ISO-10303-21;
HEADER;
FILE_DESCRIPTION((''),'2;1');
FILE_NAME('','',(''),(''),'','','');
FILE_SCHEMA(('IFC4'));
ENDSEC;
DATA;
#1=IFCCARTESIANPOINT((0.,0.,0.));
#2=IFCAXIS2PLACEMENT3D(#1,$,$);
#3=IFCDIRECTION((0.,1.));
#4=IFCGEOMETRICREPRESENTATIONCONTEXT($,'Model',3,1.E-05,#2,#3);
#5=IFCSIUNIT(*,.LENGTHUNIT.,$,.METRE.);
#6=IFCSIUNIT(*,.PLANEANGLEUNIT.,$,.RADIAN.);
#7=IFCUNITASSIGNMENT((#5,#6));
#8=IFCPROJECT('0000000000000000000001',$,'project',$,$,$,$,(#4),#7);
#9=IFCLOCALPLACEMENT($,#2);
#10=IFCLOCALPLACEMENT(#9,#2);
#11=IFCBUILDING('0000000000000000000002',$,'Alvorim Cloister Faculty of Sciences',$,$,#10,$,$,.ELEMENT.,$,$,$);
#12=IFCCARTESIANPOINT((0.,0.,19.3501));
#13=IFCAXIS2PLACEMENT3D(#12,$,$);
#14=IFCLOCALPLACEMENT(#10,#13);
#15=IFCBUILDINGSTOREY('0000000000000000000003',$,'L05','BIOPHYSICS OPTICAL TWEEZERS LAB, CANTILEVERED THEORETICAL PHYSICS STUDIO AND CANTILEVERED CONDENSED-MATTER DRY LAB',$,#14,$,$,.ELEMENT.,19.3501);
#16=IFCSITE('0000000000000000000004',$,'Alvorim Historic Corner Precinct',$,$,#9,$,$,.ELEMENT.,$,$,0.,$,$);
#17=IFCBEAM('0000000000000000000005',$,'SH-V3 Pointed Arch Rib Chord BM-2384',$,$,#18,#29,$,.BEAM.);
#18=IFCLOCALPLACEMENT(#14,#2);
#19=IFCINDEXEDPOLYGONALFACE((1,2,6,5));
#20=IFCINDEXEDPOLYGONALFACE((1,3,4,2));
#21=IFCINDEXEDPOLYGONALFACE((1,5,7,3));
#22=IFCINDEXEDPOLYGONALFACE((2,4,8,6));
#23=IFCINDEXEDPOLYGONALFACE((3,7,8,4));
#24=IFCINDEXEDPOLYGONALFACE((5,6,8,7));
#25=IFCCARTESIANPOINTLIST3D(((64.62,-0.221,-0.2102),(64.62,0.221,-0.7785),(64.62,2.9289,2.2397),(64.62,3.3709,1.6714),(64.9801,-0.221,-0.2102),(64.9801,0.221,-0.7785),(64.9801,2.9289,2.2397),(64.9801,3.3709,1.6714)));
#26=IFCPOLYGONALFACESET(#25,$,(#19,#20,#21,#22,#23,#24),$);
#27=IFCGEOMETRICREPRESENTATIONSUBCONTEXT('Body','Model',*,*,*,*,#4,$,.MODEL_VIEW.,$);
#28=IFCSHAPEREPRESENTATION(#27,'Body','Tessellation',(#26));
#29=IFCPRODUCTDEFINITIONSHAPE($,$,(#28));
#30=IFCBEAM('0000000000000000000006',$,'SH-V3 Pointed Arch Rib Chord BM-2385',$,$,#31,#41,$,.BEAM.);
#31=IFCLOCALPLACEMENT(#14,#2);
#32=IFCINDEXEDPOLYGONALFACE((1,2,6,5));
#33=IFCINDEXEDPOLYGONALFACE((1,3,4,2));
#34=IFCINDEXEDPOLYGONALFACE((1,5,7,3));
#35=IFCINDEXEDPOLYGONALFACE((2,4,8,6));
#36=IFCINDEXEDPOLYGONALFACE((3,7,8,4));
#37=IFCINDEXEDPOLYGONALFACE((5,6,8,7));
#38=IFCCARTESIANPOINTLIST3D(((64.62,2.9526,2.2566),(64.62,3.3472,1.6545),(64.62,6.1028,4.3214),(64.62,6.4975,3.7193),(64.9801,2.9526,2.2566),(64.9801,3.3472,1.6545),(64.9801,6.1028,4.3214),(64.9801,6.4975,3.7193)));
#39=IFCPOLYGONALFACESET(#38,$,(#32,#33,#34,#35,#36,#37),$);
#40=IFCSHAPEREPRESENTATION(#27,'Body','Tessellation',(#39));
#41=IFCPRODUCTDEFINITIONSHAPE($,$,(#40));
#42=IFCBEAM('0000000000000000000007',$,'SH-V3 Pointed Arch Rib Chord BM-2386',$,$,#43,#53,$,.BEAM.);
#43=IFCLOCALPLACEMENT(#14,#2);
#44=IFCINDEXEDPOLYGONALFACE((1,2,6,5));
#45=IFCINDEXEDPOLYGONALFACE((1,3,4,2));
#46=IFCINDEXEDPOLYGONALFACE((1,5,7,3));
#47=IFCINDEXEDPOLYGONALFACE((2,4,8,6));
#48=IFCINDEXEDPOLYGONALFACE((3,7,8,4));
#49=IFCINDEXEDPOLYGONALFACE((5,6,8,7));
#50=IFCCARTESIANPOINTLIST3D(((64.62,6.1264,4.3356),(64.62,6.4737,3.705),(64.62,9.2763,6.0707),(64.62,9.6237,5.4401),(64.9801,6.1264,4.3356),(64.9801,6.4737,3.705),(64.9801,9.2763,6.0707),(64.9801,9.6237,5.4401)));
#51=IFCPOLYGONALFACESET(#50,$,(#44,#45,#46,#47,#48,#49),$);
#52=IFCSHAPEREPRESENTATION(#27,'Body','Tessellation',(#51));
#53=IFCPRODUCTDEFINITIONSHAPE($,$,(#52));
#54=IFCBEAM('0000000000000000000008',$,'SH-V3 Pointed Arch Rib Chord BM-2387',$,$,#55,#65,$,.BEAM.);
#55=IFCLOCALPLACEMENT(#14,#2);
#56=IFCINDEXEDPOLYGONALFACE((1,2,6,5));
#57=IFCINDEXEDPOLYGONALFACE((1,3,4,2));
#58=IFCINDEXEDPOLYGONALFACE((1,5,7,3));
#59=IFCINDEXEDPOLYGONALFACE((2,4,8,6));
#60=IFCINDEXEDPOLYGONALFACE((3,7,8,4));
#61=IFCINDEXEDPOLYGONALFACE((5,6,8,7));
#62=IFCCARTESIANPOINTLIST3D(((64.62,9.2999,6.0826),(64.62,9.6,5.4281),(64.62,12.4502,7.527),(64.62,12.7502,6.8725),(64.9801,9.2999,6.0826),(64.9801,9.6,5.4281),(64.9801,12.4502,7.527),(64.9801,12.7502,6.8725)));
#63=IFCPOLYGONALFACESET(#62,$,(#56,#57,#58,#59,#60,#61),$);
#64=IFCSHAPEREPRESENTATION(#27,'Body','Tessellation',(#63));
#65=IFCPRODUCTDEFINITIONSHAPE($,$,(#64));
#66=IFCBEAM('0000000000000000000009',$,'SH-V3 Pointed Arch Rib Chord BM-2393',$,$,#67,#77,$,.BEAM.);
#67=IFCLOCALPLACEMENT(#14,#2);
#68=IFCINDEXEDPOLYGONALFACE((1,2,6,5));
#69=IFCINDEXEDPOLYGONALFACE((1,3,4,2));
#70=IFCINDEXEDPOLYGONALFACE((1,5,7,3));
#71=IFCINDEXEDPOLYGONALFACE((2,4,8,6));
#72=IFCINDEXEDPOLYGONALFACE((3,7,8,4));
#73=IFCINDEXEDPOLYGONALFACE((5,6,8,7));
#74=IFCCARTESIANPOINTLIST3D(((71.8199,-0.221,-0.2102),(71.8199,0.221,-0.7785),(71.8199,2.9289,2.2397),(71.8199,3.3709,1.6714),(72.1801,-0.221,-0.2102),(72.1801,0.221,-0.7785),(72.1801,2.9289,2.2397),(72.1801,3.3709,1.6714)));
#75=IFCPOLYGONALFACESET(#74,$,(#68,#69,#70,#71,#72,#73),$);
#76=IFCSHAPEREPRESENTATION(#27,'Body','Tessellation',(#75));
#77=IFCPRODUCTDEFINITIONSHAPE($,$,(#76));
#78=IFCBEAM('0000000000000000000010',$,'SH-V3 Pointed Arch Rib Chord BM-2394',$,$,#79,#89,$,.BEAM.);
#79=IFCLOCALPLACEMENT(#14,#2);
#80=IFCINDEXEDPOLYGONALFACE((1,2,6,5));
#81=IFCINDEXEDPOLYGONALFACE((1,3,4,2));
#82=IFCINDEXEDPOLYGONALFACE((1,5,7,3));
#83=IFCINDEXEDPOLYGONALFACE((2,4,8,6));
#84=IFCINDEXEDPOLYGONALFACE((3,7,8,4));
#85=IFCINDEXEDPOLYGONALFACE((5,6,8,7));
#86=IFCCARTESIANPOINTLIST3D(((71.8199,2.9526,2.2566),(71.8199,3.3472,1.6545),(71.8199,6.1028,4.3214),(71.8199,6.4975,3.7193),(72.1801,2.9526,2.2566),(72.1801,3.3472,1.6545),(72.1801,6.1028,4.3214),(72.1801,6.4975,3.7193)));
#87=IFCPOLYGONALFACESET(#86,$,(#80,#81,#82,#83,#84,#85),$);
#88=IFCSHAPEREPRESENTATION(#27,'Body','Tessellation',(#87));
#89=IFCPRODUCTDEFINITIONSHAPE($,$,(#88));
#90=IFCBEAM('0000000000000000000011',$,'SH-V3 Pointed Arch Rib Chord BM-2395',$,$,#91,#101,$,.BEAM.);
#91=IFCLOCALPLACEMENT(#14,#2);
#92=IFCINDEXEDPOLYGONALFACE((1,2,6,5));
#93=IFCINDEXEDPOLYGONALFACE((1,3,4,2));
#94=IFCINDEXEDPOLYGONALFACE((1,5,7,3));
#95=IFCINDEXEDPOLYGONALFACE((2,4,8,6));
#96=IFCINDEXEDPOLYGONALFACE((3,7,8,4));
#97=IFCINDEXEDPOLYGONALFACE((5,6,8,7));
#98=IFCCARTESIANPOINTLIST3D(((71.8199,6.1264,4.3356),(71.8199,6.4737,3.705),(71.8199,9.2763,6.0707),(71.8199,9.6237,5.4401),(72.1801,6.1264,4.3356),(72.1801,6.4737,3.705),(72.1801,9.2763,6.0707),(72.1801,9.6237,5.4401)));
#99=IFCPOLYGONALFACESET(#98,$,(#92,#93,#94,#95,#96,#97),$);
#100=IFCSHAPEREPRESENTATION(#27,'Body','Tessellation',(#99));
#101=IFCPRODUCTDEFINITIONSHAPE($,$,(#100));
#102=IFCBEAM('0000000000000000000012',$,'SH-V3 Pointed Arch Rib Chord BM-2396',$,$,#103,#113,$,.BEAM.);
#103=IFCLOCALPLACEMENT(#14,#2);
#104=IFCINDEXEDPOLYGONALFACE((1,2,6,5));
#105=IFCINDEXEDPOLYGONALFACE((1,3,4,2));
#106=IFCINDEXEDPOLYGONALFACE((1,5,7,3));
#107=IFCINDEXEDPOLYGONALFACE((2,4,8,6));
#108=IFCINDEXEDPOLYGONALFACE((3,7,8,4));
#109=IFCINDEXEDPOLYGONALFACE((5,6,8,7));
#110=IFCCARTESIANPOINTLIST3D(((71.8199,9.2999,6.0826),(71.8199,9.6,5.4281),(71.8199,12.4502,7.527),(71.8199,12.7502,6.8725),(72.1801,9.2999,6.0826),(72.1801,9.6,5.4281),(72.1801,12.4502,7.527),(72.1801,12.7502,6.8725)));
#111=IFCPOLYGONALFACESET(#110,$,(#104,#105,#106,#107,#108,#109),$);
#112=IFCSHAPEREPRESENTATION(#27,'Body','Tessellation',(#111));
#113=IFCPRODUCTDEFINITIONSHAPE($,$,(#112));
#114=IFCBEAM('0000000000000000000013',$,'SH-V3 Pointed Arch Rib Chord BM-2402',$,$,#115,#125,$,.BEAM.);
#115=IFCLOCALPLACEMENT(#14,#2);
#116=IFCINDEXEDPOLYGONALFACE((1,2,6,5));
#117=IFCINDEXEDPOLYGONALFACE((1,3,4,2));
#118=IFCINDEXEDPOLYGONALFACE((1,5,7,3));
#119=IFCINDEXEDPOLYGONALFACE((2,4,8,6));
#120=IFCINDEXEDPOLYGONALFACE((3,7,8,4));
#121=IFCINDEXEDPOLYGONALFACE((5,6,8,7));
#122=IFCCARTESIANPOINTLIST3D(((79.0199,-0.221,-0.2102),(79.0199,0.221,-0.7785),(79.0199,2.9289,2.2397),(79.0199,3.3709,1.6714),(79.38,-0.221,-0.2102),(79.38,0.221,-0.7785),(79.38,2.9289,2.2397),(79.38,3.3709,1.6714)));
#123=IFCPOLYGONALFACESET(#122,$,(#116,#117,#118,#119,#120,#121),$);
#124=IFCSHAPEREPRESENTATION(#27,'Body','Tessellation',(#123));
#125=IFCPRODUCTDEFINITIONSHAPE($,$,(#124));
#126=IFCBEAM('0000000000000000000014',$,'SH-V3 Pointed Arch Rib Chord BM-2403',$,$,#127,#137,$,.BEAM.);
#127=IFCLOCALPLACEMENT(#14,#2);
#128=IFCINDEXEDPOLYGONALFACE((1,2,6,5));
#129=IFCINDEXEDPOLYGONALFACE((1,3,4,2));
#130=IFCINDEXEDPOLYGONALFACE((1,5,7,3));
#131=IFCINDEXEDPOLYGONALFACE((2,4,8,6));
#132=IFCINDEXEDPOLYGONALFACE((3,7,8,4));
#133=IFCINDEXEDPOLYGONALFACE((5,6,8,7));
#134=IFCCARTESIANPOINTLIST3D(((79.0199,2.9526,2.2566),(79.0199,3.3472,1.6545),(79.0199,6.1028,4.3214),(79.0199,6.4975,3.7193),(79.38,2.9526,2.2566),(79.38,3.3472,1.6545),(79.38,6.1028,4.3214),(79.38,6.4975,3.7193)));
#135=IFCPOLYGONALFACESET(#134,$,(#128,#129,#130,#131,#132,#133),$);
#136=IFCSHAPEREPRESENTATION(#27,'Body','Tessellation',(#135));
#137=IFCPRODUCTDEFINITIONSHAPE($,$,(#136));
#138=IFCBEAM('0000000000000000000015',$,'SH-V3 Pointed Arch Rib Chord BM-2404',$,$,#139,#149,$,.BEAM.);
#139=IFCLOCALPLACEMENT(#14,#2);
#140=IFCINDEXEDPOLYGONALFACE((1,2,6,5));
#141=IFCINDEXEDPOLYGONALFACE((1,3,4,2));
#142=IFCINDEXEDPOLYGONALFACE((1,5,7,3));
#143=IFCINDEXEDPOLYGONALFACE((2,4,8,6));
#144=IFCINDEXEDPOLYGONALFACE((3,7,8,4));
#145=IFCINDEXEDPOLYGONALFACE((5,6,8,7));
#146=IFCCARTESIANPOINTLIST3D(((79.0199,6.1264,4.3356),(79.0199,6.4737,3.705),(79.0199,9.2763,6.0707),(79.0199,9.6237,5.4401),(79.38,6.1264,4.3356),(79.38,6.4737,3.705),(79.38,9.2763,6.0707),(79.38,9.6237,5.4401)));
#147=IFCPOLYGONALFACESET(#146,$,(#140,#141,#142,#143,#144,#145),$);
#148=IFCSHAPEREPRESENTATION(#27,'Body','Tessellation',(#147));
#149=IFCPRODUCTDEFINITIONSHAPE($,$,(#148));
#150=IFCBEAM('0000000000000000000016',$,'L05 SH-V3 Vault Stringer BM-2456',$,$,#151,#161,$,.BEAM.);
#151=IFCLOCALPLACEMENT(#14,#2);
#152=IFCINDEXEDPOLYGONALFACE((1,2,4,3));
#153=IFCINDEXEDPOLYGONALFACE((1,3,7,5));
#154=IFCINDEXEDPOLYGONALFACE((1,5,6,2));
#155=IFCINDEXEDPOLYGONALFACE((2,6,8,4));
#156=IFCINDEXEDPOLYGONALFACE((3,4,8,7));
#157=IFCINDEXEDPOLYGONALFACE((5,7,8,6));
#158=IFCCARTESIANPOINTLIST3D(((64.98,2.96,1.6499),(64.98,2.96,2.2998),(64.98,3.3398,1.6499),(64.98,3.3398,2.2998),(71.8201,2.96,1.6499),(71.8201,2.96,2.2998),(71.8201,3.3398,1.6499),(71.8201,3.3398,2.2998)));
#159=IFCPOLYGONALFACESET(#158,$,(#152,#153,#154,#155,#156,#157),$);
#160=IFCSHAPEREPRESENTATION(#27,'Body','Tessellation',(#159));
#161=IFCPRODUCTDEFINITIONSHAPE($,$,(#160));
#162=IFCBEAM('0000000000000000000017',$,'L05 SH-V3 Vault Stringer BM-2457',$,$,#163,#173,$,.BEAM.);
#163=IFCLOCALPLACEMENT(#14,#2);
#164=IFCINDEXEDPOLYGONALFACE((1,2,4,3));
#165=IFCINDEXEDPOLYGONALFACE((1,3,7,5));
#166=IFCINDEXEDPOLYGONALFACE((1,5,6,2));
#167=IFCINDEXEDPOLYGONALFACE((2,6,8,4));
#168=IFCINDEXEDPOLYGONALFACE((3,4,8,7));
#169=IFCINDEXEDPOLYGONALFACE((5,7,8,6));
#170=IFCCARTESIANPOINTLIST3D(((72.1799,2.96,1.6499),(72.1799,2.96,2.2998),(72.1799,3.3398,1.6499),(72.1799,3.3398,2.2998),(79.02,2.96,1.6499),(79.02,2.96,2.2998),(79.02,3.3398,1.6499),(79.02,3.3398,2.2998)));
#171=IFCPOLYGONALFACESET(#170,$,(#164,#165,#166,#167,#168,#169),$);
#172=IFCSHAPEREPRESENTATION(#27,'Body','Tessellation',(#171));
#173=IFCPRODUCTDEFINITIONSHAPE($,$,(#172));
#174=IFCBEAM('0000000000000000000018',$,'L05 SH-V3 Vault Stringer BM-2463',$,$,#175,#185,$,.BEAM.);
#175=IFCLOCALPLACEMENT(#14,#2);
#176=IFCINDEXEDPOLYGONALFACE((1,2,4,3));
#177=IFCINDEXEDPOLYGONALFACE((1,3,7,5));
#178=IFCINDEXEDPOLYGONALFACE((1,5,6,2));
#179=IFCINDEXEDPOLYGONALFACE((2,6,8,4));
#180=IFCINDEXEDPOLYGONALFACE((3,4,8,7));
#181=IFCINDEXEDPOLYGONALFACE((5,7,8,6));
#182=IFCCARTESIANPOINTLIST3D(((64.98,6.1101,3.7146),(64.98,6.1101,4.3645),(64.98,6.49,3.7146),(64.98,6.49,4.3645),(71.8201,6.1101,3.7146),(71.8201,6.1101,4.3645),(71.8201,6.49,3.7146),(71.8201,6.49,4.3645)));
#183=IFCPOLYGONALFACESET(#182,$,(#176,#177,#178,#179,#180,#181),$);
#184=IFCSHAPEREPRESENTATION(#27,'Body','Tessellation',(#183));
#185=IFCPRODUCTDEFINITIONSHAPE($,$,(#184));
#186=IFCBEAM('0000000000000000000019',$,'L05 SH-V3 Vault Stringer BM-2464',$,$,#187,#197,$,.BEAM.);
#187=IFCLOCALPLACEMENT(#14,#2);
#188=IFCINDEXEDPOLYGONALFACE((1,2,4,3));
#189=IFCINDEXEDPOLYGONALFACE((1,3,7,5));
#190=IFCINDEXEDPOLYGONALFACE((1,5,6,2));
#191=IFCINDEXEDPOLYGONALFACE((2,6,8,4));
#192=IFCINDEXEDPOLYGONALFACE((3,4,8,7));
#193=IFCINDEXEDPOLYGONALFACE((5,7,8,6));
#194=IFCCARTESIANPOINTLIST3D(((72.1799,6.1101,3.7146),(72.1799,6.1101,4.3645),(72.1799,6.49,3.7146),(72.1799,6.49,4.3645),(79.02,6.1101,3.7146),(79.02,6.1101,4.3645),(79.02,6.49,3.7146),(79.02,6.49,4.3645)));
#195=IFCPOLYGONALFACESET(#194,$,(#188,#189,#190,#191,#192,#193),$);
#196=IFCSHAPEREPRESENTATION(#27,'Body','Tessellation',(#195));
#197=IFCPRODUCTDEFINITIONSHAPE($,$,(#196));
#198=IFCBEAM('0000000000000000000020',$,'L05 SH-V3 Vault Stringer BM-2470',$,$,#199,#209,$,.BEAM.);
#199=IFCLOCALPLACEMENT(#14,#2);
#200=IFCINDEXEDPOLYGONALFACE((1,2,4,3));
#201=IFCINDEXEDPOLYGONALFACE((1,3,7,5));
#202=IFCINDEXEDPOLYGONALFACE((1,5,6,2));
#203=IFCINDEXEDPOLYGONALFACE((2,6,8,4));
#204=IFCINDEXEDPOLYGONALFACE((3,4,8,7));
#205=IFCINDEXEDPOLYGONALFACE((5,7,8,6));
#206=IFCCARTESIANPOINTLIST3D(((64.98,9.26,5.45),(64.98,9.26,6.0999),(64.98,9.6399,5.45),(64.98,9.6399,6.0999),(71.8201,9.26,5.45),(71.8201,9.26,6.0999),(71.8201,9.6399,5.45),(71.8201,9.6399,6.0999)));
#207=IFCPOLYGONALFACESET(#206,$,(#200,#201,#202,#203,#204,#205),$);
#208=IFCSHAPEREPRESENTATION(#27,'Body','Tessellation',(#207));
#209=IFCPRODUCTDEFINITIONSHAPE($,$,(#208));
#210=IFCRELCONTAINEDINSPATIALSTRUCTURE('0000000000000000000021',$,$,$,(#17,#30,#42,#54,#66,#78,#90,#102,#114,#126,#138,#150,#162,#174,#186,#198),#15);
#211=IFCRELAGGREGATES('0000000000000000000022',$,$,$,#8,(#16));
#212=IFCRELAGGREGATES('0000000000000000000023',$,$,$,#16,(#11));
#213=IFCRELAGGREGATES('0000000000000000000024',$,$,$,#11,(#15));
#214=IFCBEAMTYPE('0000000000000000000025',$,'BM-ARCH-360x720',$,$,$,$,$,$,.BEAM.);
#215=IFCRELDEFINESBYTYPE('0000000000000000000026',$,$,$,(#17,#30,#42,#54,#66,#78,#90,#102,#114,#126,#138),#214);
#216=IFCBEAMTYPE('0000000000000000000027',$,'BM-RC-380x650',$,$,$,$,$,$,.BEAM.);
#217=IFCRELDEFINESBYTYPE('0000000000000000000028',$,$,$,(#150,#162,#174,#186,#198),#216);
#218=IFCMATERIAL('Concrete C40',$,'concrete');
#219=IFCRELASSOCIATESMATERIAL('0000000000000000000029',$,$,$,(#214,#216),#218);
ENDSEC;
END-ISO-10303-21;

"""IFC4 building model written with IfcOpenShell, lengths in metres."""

from ifc_helpers import new_model, si_unit, direction, frame, origin, origin_2d, place, context, subcontext, project, spatial, rectangle, extrude, material, material_profile, profile_set, type_object, element, save


model = new_model("IFC4")

# Units and contexts
model_context = context("Model", 3, precision=1e-05, world=origin(), true_north=direction((0.0, 1.0)))
body_context = subcontext(model_context, "Body", "Model", "MODEL_VIEW")
ifc_project = project(units=[si_unit("LENGTHUNIT", "METRE"), si_unit("PLANEANGLEUNIT", "RADIAN")], contexts=[model_context])

# Site, building, storey
site_placement = place(None, origin())
site = spatial("IfcSite", under=ifc_project, at=site_placement, Name="Alvorim Historic Corner Precinct", CompositionType="ELEMENT", RefElevation=0.0)
building_placement = place(site_placement, origin())
building = spatial("IfcBuilding", under=site, at=building_placement, Name="Alvorim Cloister Faculty of Sciences", CompositionType="ELEMENT")
storey_placement = place(building_placement, frame((0.0, 0.0, 19.3501)))
storey = spatial("IfcBuildingStorey", under=building, at=storey_placement, Name="L05", Description="BIOPHYSICS OPTICAL TWEEZERS LAB, CANTILEVERED THEORETICAL PHYSICS STUDIO AND CANTILEVERED CONDENSED-MATTER DRY LAB", CompositionType="ELEMENT", Elevation=19.3501)

# Beams
ifc_material_1 = material(Name="Concrete C40", Category="concrete")
ifc_material_profile_1 = material_profile(ifc_material_1, rectangle(XDim=0.3601, YDim=0.72, at=origin_2d()), Name="RC40-ARCH-360x720")
ifc_profile_set_1 = profile_set([ifc_material_profile_1], Name="Concrete C40")
beam_type_1 = type_object("IfcBeamType", Name="BM-ARCH-360x720", PredefinedType="BEAM", material=ifc_profile_set_1)
beam_1_placement = place(storey_placement, frame((64.8, 0.0, -0.4944), z_axis=(0.0, 0.789349, 0.613945), x_axis=(-1.0, 0.0, 0.0)))
element("IfcBeam", 1, at=beam_1_placement, inside=storey, type_object=beam_type_1, Name="SH-V3 Pointed Arch Rib Chord BM-2384", PredefinedType="BEAM", context=body_context, shape_type="SweptSolid", body=[
    extrude(rectangle(XDim=0.3601, YDim=0.72, at=origin_2d()), origin(), (0.0, 0.0, 1.0), 3.9905),
])
beam_2_placement = place(storey_placement, frame((64.8, 3.1499, 1.9556), z_axis=(0.0, 0.836363, 0.548176), x_axis=(-1.0, 0.0, 0.0)))
element("IfcBeam", 2, at=beam_2_placement, inside=storey, type_object=beam_type_1, Name="SH-V3 Pointed Arch Rib Chord BM-2385", PredefinedType="BEAM", context=body_context, shape_type="SweptSolid", body=[
    extrude(rectangle(XDim=0.3601, YDim=0.72, at=origin_2d()), origin(), (0.0, 0.0, 1.0), 3.7666),
])
beam_3_placement = place(storey_placement, frame((64.8, 6.3, 4.0203), z_axis=(0.0, 0.875903, 0.482487), x_axis=(-1.0, 0.0, 0.0)))
element("IfcBeam", 3, at=beam_3_placement, inside=storey, type_object=beam_type_1, Name="SH-V3 Pointed Arch Rib Chord BM-2386", PredefinedType="BEAM", context=body_context, shape_type="SweptSolid", body=[
    extrude(rectangle(XDim=0.3601, YDim=0.72, at=origin_2d()), origin(), (0.0, 0.0, 1.0), 3.5962),
])
beam_4_placement = place(storey_placement, frame((64.8, 9.45, 5.7554), z_axis=(0.0, 0.909008, 0.416778), x_axis=(-1.0, 0.0, 0.0)))
element("IfcBeam", 4, at=beam_4_placement, inside=storey, type_object=beam_type_1, Name="SH-V3 Pointed Arch Rib Chord BM-2387", PredefinedType="BEAM", context=body_context, shape_type="SweptSolid", body=[
    extrude(rectangle(XDim=0.3601, YDim=0.72, at=origin_2d()), origin(), (0.0, 0.0, 1.0), 3.4656),
])
beam_5_placement = place(storey_placement, frame((72.0, 0.0, -0.4944), z_axis=(0.0, 0.789349, 0.613945), x_axis=(-1.0, 0.0, 0.0)))
element("IfcBeam", 5, at=beam_5_placement, inside=storey, type_object=beam_type_1, Name="SH-V3 Pointed Arch Rib Chord BM-2393", PredefinedType="BEAM", context=body_context, shape_type="SweptSolid", body=[
    extrude(rectangle(XDim=0.3601, YDim=0.72, at=origin_2d()), origin(), (0.0, 0.0, 1.0), 3.9905),
])
beam_6_placement = place(storey_placement, frame((72.0, 3.1499, 1.9556), z_axis=(0.0, 0.836363, 0.548176), x_axis=(-1.0, 0.0, 0.0)))
element("IfcBeam", 6, at=beam_6_placement, inside=storey, type_object=beam_type_1, Name="SH-V3 Pointed Arch Rib Chord BM-2394", PredefinedType="BEAM", context=body_context, shape_type="SweptSolid", body=[
    extrude(rectangle(XDim=0.3601, YDim=0.72, at=origin_2d()), origin(), (0.0, 0.0, 1.0), 3.7666),
])
beam_7_placement = place(storey_placement, frame((72.0, 6.3, 4.0203), z_axis=(0.0, 0.875903, 0.482487), x_axis=(-1.0, 0.0, 0.0)))
element("IfcBeam", 7, at=beam_7_placement, inside=storey, type_object=beam_type_1, Name="SH-V3 Pointed Arch Rib Chord BM-2395", PredefinedType="BEAM", context=body_context, shape_type="SweptSolid", body=[
    extrude(rectangle(XDim=0.3601, YDim=0.72, at=origin_2d()), origin(), (0.0, 0.0, 1.0), 3.5962),
])
beam_8_placement = place(storey_placement, frame((72.0, 9.45, 5.7554), z_axis=(0.0, 0.909008, 0.416778), x_axis=(-1.0, 0.0, 0.0)))
element("IfcBeam", 8, at=beam_8_placement, inside=storey, type_object=beam_type_1, Name="SH-V3 Pointed Arch Rib Chord BM-2396", PredefinedType="BEAM", context=body_context, shape_type="SweptSolid", body=[
    extrude(rectangle(XDim=0.3601, YDim=0.72, at=origin_2d()), origin(), (0.0, 0.0, 1.0), 3.4656),
])
beam_9_placement = place(storey_placement, frame((79.2, 0.0, -0.4944), z_axis=(0.0, 0.789349, 0.613945), x_axis=(-1.0, 0.0, 0.0)))
element("IfcBeam", 9, at=beam_9_placement, inside=storey, type_object=beam_type_1, Name="SH-V3 Pointed Arch Rib Chord BM-2402", PredefinedType="BEAM", context=body_context, shape_type="SweptSolid", body=[
    extrude(rectangle(XDim=0.3601, YDim=0.72, at=origin_2d()), origin(), (0.0, 0.0, 1.0), 3.9905),
])
beam_10_placement = place(storey_placement, frame((79.2, 3.1499, 1.9556), z_axis=(0.0, 0.836363, 0.548176), x_axis=(-1.0, 0.0, 0.0)))
element("IfcBeam", 10, at=beam_10_placement, inside=storey, type_object=beam_type_1, Name="SH-V3 Pointed Arch Rib Chord BM-2403", PredefinedType="BEAM", context=body_context, shape_type="SweptSolid", body=[
    extrude(rectangle(XDim=0.3601, YDim=0.72, at=origin_2d()), origin(), (0.0, 0.0, 1.0), 3.7666),
])
beam_11_placement = place(storey_placement, frame((79.2, 6.3, 4.0203), z_axis=(0.0, 0.875903, 0.482487), x_axis=(-1.0, 0.0, 0.0)))
element("IfcBeam", 11, at=beam_11_placement, inside=storey, type_object=beam_type_1, Name="SH-V3 Pointed Arch Rib Chord BM-2404", PredefinedType="BEAM", context=body_context, shape_type="SweptSolid", body=[
    extrude(rectangle(XDim=0.3601, YDim=0.72, at=origin_2d()), origin(), (0.0, 0.0, 1.0), 3.5962),
])
ifc_material_profile_2 = material_profile(ifc_material_1, rectangle(XDim=0.3799, YDim=0.6499, at=origin_2d()), Name="RC40-BM-380x650")
ifc_profile_set_2 = profile_set([ifc_material_profile_2], Name="Concrete C40")
beam_type_2 = type_object("IfcBeamType", Name="BM-RC-380x650", PredefinedType="BEAM", material=ifc_profile_set_2)
for number, where, z_axis, x_axis, name in (
    (12, (64.98, 3.1499, 1.9749), (1.0, 0.0, 0.0), (0.0, 1.0, 0.0), "L05 SH-V3 Vault Stringer BM-2456"),
    (13, (72.1799, 3.1499, 1.9749), (1.0, 0.0, 0.0), (0.0, 1.0, 0.0), "L05 SH-V3 Vault Stringer BM-2457"),
    (14, (64.98, 6.3, 4.0396), (1.0, 0.0, 0.0), (0.0, 1.0, 0.0), "L05 SH-V3 Vault Stringer BM-2463"),
    (15, (72.1799, 6.3, 4.0396), (1.0, 0.0, 0.0), (0.0, 1.0, 0.0), "L05 SH-V3 Vault Stringer BM-2464"),
    (16, (64.98, 9.45, 5.7749), (1.0, 0.0, 0.0), (0.0, 1.0, 0.0), "L05 SH-V3 Vault Stringer BM-2470"),
):
    element("IfcBeam", number, at=place(storey_placement, frame(where, z_axis=z_axis, x_axis=x_axis)), inside=storey, type_object=beam_type_2, Name=name, PredefinedType="BEAM", context=body_context, shape_type="SweptSolid", body=[
        extrude(rectangle(XDim=0.3799, YDim=0.6499, at=origin_2d()), origin(), (0.0, 0.0, 1.0), 6.8401),
    ])

save(model, "model.ifc")
